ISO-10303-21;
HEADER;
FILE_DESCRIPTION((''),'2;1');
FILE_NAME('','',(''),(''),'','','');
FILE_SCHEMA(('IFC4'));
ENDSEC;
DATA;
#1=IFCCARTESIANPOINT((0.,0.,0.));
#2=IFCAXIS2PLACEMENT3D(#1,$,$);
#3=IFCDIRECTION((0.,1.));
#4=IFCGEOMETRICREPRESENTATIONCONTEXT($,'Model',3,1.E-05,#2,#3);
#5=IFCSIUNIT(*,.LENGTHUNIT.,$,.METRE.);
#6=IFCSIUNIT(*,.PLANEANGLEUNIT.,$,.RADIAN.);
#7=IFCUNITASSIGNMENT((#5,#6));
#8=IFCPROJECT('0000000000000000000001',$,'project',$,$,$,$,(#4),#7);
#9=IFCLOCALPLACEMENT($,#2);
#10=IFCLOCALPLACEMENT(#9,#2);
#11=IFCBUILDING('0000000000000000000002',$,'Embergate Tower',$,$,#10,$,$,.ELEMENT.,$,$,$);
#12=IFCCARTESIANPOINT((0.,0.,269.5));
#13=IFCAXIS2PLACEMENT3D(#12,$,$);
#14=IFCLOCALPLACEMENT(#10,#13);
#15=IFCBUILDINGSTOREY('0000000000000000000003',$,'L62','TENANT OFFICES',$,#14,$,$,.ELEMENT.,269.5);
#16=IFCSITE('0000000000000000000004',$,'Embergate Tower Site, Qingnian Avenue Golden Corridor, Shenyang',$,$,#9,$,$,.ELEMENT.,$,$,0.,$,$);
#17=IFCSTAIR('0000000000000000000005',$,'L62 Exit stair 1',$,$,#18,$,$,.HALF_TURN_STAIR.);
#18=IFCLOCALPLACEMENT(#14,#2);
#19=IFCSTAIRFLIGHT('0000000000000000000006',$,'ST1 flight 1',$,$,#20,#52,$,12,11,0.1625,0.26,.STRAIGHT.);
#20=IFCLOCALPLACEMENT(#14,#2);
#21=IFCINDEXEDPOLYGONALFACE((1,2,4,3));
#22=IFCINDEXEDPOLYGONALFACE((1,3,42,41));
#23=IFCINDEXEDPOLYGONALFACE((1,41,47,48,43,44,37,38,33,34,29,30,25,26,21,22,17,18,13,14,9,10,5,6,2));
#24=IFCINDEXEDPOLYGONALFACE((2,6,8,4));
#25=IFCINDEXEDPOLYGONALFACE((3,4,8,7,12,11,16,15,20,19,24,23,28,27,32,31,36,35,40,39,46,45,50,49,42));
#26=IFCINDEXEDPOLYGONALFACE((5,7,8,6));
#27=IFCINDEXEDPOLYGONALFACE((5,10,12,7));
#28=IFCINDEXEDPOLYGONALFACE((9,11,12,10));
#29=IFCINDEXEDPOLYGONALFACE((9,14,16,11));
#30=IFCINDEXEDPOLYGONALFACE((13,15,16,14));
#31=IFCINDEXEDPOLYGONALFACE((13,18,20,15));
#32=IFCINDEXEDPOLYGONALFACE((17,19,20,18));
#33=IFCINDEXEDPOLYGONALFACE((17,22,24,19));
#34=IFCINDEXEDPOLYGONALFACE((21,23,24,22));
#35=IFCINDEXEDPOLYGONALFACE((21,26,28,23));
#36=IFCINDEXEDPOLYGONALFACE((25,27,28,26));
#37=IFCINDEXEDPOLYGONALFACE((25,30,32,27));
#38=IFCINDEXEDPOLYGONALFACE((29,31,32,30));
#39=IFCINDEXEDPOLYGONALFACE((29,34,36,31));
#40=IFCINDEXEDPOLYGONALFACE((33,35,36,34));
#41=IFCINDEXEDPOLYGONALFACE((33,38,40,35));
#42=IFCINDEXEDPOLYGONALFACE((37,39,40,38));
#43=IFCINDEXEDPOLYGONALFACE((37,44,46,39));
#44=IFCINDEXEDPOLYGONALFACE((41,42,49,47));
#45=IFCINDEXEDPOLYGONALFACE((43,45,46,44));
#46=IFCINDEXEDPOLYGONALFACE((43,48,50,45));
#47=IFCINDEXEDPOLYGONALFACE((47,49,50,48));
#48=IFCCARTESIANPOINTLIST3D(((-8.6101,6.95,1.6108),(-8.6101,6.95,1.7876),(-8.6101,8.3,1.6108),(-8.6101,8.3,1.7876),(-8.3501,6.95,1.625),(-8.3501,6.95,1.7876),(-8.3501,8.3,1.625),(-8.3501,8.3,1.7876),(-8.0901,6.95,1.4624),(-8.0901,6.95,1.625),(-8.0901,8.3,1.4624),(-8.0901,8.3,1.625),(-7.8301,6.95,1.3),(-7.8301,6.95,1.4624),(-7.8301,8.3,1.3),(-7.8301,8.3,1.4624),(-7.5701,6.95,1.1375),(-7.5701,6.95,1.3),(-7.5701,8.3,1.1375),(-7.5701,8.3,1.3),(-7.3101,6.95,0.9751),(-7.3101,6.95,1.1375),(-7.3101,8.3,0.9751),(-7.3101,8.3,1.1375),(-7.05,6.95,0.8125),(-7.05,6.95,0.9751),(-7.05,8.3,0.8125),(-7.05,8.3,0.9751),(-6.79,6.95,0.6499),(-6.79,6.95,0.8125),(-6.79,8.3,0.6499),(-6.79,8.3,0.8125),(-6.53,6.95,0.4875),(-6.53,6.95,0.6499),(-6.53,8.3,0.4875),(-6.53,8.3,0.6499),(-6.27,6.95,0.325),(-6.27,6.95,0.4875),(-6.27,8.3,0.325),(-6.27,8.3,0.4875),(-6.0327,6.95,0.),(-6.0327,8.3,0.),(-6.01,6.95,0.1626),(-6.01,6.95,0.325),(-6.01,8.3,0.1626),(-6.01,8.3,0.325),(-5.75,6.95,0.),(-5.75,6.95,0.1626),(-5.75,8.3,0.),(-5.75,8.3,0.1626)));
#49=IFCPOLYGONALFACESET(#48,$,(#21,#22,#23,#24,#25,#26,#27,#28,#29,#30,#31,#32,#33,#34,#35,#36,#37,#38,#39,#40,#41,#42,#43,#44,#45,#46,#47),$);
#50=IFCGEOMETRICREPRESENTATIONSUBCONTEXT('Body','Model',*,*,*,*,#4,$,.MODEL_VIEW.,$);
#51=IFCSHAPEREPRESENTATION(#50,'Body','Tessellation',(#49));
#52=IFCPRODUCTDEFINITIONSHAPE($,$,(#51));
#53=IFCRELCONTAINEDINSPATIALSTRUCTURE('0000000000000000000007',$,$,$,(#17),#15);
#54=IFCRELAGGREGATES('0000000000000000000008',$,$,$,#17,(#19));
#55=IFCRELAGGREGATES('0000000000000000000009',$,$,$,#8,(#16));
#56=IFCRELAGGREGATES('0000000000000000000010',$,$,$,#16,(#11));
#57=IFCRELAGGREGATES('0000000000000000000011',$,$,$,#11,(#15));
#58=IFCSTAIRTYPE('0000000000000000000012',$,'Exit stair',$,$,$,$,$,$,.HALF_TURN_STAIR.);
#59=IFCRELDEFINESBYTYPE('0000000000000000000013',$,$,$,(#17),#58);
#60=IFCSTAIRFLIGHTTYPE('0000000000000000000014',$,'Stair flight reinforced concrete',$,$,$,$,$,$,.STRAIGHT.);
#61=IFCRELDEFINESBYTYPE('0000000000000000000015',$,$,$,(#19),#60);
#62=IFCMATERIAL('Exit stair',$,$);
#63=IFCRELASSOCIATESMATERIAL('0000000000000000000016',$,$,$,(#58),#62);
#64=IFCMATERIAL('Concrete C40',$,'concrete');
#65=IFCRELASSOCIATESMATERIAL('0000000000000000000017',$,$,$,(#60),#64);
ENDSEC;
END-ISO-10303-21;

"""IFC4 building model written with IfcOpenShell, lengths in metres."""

from ifc_helpers import new_model, si_unit, direction, frame, origin, place, context, subcontext, project, spatial, polyline, outline, extrude, source, transform, mapped, material, type_object, element, aggregate, save


model = new_model("IFC4")

# Units and contexts
model_context = context("Model", 3, precision=1e-05, world=origin(), true_north=direction((0.0, 1.0)))
body_context = subcontext(model_context, "Body", "Model", "MODEL_VIEW")
ifc_project = project(units=[si_unit("LENGTHUNIT", "METRE"), si_unit("PLANEANGLEUNIT", "RADIAN")], contexts=[model_context])

# Site, building, storey
site_placement = place(None, origin())
site = spatial("IfcSite", under=ifc_project, at=site_placement, Name="Embergate Tower Site, Qingnian Avenue Golden Corridor, Shenyang", CompositionType="ELEMENT", RefElevation=0.0)
building_placement = place(site_placement, origin())
building = spatial("IfcBuilding", under=site, at=building_placement, Name="Embergate Tower", CompositionType="ELEMENT")
storey_placement = place(building_placement, frame((0.0, 0.0, 269.5)))
storey = spatial("IfcBuildingStorey", under=building, at=storey_placement, Name="L62", Description="TENANT OFFICES", CompositionType="ELEMENT", Elevation=269.5)

# Stair, stair flight
ifc_material_1 = material(Name="Exit stair")
stair_type = type_object("IfcStairType", Name="Exit stair", PredefinedType="HALF_TURN_STAIR", material=ifc_material_1)
stair_placement = place(storey_placement, origin())
stair = element("IfcStair", 1, at=stair_placement, inside=storey, type_object=stair_type, Name="L62 Exit stair 1", PredefinedType="HALF_TURN_STAIR")
ifc_material_2 = material(Name="Concrete C40", Category="concrete")
stair_flight_type = type_object("IfcStairFlightType", Name="Stair flight reinforced concrete", PredefinedType="STRAIGHT", material=ifc_material_2)
shared_shape_1 = source(origin(), body_context, "Body", "SweptSolid", [
    extrude(outline(polyline([(0.0, 0.0), (0.0, 0.1626), (0.26, 0.1626), (0.26, 0.325), (0.52, 0.325), (0.52, 0.4875), (0.78, 0.4875), (0.78, 0.6499), (1.04, 0.6499), (1.04, 0.8125), (1.3, 0.8125), (1.3, 0.9751), (1.5601, 0.9751), (1.5601, 1.1375), (1.8201, 1.1375), (1.8201, 1.3), (2.0801, 1.3), (2.0801, 1.4624), (2.3401, 1.4624), (2.3401, 1.625), (2.6001, 1.625), (2.6001, 1.7876), (2.8601, 1.7876), (2.8601, 1.95), (2.8601, 1.6108), (0.2827, 0.0), (0.0, 0.0)])), frame((0.0, 0.675, 0.0), z_axis=(0.0, -1.0, 0.0), x_axis=(1.0, 0.0, 0.0)), (0.0, 0.0, 1.0), 1.3501),
])
stair_flight_placement = place(storey_placement, frame((-5.75, 7.625, 0.0), z_axis=(0.0, 0.0, 1.0), x_axis=(-1.0, 0.0, 0.0)))
stair_flight = element("IfcStairFlight", 2, at=stair_flight_placement, type_object=stair_flight_type, Name="ST1 flight 1", NumberOfRisers=12, NumberOfTreads=11, PredefinedType="STRAIGHT", RiserHeight=0.1625, TreadLength=0.26, context=body_context, shape_type="MappedRepresentation", body=[
    mapped(shared_shape_1, transform((0.0, 0.0, 0.0))),
])
aggregate(stair, [stair_flight])

save(model, "model.ifc")
